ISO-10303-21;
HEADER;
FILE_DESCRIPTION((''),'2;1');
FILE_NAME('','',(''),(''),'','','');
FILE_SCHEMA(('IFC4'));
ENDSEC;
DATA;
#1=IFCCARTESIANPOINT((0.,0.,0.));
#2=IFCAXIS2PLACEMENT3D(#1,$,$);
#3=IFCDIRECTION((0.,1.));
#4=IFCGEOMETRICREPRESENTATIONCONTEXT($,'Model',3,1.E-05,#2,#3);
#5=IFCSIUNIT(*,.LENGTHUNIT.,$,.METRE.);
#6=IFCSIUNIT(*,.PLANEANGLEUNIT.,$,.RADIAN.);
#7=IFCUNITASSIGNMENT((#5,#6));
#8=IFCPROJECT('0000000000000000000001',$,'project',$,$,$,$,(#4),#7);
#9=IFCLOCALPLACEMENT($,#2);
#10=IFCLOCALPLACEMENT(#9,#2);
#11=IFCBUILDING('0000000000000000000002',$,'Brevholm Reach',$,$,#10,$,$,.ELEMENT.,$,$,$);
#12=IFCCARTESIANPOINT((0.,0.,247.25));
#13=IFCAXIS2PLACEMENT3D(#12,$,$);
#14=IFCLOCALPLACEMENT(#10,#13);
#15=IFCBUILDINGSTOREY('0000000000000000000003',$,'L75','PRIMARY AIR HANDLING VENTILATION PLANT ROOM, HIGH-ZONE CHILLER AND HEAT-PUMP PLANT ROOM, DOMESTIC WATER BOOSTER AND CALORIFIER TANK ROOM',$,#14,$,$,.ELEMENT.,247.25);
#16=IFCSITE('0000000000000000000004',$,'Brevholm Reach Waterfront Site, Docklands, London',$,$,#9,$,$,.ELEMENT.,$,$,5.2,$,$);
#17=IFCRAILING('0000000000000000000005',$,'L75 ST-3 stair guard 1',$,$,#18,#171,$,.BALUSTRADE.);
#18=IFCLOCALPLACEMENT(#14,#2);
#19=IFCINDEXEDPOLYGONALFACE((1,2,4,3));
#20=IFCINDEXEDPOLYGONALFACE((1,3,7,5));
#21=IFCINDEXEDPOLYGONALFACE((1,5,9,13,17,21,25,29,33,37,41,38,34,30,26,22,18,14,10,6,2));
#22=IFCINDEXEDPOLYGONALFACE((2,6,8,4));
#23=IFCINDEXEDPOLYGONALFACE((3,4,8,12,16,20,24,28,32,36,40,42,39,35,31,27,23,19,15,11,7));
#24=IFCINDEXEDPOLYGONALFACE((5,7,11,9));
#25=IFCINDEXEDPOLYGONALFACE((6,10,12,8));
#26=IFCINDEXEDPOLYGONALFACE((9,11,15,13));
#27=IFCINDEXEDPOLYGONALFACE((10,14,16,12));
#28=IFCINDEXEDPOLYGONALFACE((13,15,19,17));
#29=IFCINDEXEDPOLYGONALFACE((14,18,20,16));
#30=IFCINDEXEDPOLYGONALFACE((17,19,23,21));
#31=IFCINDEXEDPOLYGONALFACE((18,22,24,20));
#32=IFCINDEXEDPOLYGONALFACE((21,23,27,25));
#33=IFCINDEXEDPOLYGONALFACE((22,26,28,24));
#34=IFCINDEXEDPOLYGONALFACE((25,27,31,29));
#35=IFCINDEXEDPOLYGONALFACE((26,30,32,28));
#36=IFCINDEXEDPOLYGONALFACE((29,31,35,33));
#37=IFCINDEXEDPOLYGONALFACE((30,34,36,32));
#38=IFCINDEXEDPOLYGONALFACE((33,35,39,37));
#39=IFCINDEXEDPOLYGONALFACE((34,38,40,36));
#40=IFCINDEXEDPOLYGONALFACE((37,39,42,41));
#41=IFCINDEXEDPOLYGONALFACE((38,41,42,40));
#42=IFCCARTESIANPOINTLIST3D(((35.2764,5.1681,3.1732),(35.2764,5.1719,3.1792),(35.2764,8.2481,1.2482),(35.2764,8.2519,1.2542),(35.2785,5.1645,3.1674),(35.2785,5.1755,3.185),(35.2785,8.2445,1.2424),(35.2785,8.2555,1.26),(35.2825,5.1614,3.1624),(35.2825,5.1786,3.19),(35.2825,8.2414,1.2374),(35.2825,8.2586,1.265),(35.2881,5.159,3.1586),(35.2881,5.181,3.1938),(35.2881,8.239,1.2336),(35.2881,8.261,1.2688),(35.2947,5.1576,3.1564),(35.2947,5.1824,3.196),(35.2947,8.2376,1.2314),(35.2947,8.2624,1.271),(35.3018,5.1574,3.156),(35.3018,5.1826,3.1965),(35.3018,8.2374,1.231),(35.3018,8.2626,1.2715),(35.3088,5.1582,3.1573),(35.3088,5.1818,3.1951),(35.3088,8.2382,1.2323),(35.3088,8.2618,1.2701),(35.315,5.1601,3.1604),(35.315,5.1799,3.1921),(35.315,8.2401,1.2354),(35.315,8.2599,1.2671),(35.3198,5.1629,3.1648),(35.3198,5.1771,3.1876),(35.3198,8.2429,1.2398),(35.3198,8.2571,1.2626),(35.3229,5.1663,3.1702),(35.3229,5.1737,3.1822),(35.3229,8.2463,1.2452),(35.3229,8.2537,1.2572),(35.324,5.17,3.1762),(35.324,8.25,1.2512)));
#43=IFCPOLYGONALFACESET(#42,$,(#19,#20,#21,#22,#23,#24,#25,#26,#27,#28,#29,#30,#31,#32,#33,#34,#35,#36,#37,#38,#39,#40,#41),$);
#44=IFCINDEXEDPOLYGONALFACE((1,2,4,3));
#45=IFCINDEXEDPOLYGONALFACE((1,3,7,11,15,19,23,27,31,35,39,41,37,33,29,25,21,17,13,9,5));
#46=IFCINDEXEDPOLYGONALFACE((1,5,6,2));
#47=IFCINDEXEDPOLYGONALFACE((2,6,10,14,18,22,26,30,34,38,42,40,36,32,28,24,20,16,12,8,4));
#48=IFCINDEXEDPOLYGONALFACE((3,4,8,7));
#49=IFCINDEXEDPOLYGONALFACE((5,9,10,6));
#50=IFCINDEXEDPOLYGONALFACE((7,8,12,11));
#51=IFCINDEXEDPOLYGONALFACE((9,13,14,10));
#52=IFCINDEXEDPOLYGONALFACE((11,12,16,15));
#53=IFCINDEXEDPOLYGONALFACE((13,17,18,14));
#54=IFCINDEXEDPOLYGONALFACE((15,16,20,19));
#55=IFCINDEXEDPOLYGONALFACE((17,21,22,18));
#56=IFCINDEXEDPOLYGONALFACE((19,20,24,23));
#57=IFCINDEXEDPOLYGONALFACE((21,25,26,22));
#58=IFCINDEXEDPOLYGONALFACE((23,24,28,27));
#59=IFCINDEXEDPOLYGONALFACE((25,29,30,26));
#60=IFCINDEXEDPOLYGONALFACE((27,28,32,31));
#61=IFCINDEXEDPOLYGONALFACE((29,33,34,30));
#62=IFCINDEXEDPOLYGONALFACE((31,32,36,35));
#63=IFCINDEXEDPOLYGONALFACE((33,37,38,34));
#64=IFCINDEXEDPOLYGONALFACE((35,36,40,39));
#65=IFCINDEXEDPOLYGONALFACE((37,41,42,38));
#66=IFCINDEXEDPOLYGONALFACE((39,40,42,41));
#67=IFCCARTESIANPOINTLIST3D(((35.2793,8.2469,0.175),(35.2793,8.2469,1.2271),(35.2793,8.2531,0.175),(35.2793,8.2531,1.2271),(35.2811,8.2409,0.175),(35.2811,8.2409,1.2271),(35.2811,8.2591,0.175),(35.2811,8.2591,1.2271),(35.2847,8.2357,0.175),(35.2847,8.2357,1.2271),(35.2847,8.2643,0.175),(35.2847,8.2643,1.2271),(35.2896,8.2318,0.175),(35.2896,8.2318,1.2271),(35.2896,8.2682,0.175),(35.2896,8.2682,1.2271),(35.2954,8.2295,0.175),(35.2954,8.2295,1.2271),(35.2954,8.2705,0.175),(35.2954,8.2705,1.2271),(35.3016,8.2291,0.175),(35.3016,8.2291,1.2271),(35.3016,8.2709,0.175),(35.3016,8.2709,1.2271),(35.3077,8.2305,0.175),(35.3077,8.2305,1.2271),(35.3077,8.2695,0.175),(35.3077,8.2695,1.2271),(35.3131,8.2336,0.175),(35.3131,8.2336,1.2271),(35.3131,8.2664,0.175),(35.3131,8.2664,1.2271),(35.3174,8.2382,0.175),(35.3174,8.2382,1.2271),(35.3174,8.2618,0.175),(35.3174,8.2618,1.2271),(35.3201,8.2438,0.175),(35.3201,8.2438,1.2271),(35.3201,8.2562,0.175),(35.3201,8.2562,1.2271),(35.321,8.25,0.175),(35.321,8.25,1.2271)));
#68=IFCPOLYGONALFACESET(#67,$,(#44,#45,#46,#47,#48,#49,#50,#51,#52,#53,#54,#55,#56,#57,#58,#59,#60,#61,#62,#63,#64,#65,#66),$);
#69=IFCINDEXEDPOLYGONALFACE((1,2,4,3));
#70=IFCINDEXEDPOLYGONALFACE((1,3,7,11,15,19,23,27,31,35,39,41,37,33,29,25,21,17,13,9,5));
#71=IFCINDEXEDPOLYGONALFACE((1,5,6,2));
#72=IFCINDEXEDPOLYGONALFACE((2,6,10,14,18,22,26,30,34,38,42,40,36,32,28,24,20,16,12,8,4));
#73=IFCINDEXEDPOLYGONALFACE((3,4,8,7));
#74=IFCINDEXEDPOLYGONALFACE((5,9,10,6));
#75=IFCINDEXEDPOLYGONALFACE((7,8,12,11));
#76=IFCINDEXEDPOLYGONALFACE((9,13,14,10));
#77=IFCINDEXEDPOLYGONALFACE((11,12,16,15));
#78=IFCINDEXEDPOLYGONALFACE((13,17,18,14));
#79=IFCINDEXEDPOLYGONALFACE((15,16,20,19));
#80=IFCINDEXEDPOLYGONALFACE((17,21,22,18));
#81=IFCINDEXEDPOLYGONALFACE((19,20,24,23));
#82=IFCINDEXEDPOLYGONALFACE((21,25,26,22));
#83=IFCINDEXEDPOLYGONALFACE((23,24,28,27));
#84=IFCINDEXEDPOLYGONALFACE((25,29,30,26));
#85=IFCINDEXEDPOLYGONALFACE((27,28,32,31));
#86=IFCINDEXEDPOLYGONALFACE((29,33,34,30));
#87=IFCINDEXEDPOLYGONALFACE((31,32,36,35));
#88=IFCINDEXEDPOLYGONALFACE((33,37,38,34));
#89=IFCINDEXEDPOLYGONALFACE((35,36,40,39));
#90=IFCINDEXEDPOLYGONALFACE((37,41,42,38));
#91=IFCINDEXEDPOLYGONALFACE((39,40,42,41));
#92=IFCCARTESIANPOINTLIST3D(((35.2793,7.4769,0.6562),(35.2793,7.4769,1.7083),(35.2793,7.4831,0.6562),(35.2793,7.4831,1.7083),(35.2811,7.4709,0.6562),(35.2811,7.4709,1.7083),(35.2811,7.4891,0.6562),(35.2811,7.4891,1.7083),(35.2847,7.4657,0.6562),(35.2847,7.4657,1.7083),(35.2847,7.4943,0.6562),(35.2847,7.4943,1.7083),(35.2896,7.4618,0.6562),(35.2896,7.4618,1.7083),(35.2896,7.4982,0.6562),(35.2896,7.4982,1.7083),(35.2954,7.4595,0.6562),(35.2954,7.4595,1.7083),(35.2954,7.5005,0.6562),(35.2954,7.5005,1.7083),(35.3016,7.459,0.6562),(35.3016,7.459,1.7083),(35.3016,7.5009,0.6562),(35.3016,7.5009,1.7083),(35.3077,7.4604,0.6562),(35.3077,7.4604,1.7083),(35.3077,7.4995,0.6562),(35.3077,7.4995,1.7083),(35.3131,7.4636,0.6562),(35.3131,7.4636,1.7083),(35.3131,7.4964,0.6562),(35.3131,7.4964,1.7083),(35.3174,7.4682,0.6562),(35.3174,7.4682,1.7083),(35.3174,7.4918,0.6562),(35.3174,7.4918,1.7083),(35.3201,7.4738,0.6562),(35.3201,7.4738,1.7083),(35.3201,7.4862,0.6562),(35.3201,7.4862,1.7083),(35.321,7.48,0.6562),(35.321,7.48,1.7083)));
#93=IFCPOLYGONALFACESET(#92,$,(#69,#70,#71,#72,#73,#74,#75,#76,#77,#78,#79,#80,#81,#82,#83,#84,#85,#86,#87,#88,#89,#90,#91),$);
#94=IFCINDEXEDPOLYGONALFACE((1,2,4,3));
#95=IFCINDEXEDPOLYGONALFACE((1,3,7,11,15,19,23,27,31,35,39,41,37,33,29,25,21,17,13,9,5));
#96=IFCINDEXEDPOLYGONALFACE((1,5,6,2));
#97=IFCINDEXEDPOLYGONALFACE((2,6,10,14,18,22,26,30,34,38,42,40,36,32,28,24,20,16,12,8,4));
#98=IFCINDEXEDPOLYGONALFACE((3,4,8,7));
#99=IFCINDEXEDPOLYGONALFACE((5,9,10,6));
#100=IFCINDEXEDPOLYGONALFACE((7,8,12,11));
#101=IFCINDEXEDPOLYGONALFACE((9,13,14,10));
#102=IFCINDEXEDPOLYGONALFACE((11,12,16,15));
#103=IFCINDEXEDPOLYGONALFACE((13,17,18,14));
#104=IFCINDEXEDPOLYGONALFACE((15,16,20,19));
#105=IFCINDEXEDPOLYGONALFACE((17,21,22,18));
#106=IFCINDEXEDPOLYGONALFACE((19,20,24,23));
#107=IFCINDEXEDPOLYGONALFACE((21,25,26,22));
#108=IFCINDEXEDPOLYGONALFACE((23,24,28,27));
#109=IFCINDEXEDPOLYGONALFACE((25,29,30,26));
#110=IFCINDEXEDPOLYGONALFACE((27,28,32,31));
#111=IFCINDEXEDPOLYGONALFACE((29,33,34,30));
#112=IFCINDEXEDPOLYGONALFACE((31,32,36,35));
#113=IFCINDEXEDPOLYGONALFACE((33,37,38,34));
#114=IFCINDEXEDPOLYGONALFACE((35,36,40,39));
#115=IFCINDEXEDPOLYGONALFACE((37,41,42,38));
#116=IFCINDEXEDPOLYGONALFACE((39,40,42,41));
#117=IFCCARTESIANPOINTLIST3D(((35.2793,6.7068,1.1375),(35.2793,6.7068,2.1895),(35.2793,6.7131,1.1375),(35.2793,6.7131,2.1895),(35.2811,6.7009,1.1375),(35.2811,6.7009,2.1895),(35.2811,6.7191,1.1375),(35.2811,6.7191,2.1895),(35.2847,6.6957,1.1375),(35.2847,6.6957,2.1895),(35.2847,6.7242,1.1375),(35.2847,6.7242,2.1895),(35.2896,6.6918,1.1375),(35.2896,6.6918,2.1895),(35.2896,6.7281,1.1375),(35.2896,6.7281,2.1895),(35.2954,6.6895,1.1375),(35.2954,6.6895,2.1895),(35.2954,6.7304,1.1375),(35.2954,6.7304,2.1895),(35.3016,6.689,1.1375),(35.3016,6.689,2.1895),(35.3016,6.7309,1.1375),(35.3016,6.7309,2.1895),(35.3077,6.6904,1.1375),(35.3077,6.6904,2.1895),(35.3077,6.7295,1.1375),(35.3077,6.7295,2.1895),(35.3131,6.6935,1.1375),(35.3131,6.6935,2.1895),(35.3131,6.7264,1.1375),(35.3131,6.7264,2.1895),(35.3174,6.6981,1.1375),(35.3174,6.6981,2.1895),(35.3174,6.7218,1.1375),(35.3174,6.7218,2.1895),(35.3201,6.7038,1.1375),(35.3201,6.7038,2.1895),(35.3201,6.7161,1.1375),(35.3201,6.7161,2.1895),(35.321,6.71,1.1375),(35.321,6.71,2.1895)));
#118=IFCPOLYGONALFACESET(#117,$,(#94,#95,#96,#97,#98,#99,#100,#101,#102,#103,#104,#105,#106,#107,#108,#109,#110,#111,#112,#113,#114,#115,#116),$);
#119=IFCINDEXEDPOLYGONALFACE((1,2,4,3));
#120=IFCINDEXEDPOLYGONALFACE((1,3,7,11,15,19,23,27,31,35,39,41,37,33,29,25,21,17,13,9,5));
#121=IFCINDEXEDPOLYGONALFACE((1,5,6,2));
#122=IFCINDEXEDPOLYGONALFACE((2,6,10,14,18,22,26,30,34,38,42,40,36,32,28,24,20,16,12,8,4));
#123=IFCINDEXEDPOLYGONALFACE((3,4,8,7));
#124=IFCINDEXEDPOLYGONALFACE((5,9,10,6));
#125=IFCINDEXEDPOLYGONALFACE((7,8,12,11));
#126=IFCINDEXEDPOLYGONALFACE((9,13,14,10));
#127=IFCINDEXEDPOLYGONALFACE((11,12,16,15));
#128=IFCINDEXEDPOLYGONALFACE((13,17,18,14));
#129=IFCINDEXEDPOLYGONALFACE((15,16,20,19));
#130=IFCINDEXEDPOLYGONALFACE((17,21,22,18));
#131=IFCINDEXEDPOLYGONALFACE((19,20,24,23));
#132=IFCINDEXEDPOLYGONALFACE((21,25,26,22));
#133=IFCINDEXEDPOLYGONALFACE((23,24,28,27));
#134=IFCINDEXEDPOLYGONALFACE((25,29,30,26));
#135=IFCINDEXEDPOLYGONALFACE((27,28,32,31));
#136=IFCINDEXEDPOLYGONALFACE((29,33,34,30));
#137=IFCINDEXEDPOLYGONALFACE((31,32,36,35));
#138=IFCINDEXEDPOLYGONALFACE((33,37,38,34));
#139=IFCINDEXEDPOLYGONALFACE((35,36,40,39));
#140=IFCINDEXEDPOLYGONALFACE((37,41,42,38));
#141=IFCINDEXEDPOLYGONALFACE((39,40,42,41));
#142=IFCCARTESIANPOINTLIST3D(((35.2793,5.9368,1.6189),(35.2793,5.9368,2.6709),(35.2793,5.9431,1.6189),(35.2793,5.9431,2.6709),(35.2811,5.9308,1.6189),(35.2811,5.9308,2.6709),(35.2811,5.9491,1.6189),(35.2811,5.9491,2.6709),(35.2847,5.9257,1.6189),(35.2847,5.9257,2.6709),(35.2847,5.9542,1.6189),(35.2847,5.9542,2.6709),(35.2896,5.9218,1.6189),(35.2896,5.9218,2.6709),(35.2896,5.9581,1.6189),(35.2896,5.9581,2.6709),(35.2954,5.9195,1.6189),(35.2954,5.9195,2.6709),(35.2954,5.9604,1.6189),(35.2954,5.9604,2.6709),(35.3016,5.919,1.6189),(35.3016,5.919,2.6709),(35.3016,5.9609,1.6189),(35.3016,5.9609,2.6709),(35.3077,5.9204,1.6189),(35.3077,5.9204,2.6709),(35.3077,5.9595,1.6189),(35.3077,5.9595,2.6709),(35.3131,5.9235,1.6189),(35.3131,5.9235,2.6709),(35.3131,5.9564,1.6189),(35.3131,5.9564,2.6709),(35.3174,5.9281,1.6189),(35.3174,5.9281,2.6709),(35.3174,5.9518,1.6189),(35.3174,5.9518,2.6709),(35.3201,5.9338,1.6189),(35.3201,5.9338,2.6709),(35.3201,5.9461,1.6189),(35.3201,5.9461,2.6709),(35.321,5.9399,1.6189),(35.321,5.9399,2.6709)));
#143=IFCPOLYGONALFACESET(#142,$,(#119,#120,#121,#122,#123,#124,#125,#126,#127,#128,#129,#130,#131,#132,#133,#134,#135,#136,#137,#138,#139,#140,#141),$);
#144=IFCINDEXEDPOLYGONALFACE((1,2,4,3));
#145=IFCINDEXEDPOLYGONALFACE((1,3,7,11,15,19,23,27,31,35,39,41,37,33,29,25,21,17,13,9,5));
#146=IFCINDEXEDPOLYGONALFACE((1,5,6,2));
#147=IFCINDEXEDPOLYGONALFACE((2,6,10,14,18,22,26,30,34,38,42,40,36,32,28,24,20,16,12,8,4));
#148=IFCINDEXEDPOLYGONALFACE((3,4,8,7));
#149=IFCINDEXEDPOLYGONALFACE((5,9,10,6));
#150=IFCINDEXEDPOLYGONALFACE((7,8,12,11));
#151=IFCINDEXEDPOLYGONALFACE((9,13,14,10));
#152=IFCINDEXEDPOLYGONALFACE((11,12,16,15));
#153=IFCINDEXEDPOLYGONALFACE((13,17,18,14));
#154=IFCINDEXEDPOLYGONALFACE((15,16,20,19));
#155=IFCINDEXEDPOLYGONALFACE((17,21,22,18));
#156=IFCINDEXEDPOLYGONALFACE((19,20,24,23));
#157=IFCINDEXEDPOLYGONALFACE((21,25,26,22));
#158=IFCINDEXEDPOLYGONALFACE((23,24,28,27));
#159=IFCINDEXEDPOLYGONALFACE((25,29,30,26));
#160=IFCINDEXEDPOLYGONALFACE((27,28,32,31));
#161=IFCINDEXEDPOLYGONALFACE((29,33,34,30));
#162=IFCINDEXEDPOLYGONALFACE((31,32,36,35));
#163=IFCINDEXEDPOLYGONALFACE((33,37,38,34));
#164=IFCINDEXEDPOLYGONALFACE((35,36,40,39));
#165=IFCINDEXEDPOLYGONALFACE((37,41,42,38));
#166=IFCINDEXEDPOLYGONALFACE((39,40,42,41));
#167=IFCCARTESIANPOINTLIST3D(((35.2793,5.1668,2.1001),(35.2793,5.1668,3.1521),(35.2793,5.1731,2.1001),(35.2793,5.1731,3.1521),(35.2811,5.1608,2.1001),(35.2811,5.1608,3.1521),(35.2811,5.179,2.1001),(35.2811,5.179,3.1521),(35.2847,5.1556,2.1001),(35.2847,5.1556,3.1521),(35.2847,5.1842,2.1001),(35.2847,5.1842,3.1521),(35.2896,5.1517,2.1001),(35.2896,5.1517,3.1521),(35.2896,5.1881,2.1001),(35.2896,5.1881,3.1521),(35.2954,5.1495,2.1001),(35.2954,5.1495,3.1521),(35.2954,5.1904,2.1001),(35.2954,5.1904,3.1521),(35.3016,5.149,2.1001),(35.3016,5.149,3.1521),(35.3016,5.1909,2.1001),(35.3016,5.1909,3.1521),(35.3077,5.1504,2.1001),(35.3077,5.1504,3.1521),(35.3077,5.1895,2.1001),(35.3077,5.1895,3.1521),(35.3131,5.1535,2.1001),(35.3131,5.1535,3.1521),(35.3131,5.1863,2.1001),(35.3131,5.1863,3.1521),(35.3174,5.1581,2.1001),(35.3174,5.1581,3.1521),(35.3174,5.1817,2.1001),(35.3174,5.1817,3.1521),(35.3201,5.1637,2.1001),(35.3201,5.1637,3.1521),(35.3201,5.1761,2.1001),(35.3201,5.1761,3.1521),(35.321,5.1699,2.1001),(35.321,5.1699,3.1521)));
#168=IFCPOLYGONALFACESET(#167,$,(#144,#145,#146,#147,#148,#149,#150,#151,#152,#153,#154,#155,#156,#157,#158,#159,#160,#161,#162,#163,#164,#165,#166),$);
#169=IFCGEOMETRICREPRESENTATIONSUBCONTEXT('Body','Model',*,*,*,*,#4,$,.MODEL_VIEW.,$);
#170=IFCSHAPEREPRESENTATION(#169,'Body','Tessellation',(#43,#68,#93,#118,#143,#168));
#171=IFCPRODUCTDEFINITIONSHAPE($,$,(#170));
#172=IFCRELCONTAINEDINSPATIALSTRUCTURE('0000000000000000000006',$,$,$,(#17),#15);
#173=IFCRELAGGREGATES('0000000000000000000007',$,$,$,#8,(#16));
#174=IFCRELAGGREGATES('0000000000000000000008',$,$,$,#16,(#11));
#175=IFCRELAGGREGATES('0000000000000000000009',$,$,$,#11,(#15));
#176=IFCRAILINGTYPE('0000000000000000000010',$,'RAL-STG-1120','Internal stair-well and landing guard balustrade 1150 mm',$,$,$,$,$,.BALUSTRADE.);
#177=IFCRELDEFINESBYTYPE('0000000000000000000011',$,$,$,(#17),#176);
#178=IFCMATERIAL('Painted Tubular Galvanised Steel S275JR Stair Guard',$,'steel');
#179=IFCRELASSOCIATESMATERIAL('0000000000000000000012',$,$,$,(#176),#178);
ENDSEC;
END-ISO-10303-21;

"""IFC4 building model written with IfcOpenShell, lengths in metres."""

from ifc_helpers import new_model, si_unit, direction, frame, origin, origin_2d, place, context, subcontext, project, spatial, circle, extrude, material, type_object, element, save


model = new_model("IFC4")

# Units and contexts
model_context = context("Model", 3, precision=1e-05, world=origin(), true_north=direction((0.0, 1.0)))
body_context = subcontext(model_context, "Body", "Model", "MODEL_VIEW")
ifc_project = project(units=[si_unit("LENGTHUNIT", "METRE"), si_unit("PLANEANGLEUNIT", "RADIAN")], contexts=[model_context])

# Site, building, storey
site_placement = place(None, origin())
site = spatial("IfcSite", under=ifc_project, at=site_placement, Name="Brevholm Reach Waterfront Site, Docklands, London", CompositionType="ELEMENT", RefElevation=5.2)
building_placement = place(site_placement, origin())
building = spatial("IfcBuilding", under=site, at=building_placement, Name="Brevholm Reach", CompositionType="ELEMENT")
storey_placement = place(building_placement, frame((0.0, 0.0, 247.25)))
storey = spatial("IfcBuildingStorey", under=building, at=storey_placement, Name="L75", Description="PRIMARY AIR HANDLING VENTILATION PLANT ROOM, HIGH-ZONE CHILLER AND HEAT-PUMP PLANT ROOM, DOMESTIC WATER BOOSTER AND CALORIFIER TANK ROOM", CompositionType="ELEMENT", Elevation=247.25)

# Railing
ifc_material_1 = material(Name="Painted Tubular Galvanised Steel S275JR Stair Guard", Category="steel")
railing_type_1 = type_object("IfcRailingType", Name="RAL-STG-1120", Description="Internal stair-well and landing guard balustrade 1150 mm", PredefinedType="BALUSTRADE", material=ifc_material_1)
railing_1_placement = place(storey_placement, frame((35.3, 8.25, 0.175)))
element("IfcRailing", 1, at=railing_1_placement, inside=storey, type_object=railing_type_1, Name="L75 ST-3 stair guard 1", PredefinedType="BALUSTRADE", context=body_context, shape_type="SweptSolid", body=[
    extrude(circle(Radius=0.0239, at=origin_2d()), frame((0.0, 0.0, 1.0762), z_axis=(0.0, -0.847998, 0.529999), x_axis=(1.0, 0.0, 0.0)), (0.0, 0.0, 1.0), 3.6321),
    extrude(circle(Radius=0.021, at=origin_2d()), origin(), (0.0, 0.0, 1.0), 1.052),
    extrude(circle(Radius=0.021, at=origin_2d()), frame((0.0, -0.77, 0.4812)), (0.0, 0.0, 1.0), 1.052),
    extrude(circle(Radius=0.021, at=origin_2d()), frame((0.0, -1.54, 0.9624)), (0.0, 0.0, 1.0), 1.052),
    extrude(circle(Radius=0.021, at=origin_2d()), frame((0.0, -2.3101, 1.4438)), (0.0, 0.0, 1.0), 1.052),
    extrude(circle(Radius=0.021, at=origin_2d()), frame((0.0, -3.0801, 1.925)), (0.0, 0.0, 1.0), 1.052),
])

save(model, "model.ifc")
